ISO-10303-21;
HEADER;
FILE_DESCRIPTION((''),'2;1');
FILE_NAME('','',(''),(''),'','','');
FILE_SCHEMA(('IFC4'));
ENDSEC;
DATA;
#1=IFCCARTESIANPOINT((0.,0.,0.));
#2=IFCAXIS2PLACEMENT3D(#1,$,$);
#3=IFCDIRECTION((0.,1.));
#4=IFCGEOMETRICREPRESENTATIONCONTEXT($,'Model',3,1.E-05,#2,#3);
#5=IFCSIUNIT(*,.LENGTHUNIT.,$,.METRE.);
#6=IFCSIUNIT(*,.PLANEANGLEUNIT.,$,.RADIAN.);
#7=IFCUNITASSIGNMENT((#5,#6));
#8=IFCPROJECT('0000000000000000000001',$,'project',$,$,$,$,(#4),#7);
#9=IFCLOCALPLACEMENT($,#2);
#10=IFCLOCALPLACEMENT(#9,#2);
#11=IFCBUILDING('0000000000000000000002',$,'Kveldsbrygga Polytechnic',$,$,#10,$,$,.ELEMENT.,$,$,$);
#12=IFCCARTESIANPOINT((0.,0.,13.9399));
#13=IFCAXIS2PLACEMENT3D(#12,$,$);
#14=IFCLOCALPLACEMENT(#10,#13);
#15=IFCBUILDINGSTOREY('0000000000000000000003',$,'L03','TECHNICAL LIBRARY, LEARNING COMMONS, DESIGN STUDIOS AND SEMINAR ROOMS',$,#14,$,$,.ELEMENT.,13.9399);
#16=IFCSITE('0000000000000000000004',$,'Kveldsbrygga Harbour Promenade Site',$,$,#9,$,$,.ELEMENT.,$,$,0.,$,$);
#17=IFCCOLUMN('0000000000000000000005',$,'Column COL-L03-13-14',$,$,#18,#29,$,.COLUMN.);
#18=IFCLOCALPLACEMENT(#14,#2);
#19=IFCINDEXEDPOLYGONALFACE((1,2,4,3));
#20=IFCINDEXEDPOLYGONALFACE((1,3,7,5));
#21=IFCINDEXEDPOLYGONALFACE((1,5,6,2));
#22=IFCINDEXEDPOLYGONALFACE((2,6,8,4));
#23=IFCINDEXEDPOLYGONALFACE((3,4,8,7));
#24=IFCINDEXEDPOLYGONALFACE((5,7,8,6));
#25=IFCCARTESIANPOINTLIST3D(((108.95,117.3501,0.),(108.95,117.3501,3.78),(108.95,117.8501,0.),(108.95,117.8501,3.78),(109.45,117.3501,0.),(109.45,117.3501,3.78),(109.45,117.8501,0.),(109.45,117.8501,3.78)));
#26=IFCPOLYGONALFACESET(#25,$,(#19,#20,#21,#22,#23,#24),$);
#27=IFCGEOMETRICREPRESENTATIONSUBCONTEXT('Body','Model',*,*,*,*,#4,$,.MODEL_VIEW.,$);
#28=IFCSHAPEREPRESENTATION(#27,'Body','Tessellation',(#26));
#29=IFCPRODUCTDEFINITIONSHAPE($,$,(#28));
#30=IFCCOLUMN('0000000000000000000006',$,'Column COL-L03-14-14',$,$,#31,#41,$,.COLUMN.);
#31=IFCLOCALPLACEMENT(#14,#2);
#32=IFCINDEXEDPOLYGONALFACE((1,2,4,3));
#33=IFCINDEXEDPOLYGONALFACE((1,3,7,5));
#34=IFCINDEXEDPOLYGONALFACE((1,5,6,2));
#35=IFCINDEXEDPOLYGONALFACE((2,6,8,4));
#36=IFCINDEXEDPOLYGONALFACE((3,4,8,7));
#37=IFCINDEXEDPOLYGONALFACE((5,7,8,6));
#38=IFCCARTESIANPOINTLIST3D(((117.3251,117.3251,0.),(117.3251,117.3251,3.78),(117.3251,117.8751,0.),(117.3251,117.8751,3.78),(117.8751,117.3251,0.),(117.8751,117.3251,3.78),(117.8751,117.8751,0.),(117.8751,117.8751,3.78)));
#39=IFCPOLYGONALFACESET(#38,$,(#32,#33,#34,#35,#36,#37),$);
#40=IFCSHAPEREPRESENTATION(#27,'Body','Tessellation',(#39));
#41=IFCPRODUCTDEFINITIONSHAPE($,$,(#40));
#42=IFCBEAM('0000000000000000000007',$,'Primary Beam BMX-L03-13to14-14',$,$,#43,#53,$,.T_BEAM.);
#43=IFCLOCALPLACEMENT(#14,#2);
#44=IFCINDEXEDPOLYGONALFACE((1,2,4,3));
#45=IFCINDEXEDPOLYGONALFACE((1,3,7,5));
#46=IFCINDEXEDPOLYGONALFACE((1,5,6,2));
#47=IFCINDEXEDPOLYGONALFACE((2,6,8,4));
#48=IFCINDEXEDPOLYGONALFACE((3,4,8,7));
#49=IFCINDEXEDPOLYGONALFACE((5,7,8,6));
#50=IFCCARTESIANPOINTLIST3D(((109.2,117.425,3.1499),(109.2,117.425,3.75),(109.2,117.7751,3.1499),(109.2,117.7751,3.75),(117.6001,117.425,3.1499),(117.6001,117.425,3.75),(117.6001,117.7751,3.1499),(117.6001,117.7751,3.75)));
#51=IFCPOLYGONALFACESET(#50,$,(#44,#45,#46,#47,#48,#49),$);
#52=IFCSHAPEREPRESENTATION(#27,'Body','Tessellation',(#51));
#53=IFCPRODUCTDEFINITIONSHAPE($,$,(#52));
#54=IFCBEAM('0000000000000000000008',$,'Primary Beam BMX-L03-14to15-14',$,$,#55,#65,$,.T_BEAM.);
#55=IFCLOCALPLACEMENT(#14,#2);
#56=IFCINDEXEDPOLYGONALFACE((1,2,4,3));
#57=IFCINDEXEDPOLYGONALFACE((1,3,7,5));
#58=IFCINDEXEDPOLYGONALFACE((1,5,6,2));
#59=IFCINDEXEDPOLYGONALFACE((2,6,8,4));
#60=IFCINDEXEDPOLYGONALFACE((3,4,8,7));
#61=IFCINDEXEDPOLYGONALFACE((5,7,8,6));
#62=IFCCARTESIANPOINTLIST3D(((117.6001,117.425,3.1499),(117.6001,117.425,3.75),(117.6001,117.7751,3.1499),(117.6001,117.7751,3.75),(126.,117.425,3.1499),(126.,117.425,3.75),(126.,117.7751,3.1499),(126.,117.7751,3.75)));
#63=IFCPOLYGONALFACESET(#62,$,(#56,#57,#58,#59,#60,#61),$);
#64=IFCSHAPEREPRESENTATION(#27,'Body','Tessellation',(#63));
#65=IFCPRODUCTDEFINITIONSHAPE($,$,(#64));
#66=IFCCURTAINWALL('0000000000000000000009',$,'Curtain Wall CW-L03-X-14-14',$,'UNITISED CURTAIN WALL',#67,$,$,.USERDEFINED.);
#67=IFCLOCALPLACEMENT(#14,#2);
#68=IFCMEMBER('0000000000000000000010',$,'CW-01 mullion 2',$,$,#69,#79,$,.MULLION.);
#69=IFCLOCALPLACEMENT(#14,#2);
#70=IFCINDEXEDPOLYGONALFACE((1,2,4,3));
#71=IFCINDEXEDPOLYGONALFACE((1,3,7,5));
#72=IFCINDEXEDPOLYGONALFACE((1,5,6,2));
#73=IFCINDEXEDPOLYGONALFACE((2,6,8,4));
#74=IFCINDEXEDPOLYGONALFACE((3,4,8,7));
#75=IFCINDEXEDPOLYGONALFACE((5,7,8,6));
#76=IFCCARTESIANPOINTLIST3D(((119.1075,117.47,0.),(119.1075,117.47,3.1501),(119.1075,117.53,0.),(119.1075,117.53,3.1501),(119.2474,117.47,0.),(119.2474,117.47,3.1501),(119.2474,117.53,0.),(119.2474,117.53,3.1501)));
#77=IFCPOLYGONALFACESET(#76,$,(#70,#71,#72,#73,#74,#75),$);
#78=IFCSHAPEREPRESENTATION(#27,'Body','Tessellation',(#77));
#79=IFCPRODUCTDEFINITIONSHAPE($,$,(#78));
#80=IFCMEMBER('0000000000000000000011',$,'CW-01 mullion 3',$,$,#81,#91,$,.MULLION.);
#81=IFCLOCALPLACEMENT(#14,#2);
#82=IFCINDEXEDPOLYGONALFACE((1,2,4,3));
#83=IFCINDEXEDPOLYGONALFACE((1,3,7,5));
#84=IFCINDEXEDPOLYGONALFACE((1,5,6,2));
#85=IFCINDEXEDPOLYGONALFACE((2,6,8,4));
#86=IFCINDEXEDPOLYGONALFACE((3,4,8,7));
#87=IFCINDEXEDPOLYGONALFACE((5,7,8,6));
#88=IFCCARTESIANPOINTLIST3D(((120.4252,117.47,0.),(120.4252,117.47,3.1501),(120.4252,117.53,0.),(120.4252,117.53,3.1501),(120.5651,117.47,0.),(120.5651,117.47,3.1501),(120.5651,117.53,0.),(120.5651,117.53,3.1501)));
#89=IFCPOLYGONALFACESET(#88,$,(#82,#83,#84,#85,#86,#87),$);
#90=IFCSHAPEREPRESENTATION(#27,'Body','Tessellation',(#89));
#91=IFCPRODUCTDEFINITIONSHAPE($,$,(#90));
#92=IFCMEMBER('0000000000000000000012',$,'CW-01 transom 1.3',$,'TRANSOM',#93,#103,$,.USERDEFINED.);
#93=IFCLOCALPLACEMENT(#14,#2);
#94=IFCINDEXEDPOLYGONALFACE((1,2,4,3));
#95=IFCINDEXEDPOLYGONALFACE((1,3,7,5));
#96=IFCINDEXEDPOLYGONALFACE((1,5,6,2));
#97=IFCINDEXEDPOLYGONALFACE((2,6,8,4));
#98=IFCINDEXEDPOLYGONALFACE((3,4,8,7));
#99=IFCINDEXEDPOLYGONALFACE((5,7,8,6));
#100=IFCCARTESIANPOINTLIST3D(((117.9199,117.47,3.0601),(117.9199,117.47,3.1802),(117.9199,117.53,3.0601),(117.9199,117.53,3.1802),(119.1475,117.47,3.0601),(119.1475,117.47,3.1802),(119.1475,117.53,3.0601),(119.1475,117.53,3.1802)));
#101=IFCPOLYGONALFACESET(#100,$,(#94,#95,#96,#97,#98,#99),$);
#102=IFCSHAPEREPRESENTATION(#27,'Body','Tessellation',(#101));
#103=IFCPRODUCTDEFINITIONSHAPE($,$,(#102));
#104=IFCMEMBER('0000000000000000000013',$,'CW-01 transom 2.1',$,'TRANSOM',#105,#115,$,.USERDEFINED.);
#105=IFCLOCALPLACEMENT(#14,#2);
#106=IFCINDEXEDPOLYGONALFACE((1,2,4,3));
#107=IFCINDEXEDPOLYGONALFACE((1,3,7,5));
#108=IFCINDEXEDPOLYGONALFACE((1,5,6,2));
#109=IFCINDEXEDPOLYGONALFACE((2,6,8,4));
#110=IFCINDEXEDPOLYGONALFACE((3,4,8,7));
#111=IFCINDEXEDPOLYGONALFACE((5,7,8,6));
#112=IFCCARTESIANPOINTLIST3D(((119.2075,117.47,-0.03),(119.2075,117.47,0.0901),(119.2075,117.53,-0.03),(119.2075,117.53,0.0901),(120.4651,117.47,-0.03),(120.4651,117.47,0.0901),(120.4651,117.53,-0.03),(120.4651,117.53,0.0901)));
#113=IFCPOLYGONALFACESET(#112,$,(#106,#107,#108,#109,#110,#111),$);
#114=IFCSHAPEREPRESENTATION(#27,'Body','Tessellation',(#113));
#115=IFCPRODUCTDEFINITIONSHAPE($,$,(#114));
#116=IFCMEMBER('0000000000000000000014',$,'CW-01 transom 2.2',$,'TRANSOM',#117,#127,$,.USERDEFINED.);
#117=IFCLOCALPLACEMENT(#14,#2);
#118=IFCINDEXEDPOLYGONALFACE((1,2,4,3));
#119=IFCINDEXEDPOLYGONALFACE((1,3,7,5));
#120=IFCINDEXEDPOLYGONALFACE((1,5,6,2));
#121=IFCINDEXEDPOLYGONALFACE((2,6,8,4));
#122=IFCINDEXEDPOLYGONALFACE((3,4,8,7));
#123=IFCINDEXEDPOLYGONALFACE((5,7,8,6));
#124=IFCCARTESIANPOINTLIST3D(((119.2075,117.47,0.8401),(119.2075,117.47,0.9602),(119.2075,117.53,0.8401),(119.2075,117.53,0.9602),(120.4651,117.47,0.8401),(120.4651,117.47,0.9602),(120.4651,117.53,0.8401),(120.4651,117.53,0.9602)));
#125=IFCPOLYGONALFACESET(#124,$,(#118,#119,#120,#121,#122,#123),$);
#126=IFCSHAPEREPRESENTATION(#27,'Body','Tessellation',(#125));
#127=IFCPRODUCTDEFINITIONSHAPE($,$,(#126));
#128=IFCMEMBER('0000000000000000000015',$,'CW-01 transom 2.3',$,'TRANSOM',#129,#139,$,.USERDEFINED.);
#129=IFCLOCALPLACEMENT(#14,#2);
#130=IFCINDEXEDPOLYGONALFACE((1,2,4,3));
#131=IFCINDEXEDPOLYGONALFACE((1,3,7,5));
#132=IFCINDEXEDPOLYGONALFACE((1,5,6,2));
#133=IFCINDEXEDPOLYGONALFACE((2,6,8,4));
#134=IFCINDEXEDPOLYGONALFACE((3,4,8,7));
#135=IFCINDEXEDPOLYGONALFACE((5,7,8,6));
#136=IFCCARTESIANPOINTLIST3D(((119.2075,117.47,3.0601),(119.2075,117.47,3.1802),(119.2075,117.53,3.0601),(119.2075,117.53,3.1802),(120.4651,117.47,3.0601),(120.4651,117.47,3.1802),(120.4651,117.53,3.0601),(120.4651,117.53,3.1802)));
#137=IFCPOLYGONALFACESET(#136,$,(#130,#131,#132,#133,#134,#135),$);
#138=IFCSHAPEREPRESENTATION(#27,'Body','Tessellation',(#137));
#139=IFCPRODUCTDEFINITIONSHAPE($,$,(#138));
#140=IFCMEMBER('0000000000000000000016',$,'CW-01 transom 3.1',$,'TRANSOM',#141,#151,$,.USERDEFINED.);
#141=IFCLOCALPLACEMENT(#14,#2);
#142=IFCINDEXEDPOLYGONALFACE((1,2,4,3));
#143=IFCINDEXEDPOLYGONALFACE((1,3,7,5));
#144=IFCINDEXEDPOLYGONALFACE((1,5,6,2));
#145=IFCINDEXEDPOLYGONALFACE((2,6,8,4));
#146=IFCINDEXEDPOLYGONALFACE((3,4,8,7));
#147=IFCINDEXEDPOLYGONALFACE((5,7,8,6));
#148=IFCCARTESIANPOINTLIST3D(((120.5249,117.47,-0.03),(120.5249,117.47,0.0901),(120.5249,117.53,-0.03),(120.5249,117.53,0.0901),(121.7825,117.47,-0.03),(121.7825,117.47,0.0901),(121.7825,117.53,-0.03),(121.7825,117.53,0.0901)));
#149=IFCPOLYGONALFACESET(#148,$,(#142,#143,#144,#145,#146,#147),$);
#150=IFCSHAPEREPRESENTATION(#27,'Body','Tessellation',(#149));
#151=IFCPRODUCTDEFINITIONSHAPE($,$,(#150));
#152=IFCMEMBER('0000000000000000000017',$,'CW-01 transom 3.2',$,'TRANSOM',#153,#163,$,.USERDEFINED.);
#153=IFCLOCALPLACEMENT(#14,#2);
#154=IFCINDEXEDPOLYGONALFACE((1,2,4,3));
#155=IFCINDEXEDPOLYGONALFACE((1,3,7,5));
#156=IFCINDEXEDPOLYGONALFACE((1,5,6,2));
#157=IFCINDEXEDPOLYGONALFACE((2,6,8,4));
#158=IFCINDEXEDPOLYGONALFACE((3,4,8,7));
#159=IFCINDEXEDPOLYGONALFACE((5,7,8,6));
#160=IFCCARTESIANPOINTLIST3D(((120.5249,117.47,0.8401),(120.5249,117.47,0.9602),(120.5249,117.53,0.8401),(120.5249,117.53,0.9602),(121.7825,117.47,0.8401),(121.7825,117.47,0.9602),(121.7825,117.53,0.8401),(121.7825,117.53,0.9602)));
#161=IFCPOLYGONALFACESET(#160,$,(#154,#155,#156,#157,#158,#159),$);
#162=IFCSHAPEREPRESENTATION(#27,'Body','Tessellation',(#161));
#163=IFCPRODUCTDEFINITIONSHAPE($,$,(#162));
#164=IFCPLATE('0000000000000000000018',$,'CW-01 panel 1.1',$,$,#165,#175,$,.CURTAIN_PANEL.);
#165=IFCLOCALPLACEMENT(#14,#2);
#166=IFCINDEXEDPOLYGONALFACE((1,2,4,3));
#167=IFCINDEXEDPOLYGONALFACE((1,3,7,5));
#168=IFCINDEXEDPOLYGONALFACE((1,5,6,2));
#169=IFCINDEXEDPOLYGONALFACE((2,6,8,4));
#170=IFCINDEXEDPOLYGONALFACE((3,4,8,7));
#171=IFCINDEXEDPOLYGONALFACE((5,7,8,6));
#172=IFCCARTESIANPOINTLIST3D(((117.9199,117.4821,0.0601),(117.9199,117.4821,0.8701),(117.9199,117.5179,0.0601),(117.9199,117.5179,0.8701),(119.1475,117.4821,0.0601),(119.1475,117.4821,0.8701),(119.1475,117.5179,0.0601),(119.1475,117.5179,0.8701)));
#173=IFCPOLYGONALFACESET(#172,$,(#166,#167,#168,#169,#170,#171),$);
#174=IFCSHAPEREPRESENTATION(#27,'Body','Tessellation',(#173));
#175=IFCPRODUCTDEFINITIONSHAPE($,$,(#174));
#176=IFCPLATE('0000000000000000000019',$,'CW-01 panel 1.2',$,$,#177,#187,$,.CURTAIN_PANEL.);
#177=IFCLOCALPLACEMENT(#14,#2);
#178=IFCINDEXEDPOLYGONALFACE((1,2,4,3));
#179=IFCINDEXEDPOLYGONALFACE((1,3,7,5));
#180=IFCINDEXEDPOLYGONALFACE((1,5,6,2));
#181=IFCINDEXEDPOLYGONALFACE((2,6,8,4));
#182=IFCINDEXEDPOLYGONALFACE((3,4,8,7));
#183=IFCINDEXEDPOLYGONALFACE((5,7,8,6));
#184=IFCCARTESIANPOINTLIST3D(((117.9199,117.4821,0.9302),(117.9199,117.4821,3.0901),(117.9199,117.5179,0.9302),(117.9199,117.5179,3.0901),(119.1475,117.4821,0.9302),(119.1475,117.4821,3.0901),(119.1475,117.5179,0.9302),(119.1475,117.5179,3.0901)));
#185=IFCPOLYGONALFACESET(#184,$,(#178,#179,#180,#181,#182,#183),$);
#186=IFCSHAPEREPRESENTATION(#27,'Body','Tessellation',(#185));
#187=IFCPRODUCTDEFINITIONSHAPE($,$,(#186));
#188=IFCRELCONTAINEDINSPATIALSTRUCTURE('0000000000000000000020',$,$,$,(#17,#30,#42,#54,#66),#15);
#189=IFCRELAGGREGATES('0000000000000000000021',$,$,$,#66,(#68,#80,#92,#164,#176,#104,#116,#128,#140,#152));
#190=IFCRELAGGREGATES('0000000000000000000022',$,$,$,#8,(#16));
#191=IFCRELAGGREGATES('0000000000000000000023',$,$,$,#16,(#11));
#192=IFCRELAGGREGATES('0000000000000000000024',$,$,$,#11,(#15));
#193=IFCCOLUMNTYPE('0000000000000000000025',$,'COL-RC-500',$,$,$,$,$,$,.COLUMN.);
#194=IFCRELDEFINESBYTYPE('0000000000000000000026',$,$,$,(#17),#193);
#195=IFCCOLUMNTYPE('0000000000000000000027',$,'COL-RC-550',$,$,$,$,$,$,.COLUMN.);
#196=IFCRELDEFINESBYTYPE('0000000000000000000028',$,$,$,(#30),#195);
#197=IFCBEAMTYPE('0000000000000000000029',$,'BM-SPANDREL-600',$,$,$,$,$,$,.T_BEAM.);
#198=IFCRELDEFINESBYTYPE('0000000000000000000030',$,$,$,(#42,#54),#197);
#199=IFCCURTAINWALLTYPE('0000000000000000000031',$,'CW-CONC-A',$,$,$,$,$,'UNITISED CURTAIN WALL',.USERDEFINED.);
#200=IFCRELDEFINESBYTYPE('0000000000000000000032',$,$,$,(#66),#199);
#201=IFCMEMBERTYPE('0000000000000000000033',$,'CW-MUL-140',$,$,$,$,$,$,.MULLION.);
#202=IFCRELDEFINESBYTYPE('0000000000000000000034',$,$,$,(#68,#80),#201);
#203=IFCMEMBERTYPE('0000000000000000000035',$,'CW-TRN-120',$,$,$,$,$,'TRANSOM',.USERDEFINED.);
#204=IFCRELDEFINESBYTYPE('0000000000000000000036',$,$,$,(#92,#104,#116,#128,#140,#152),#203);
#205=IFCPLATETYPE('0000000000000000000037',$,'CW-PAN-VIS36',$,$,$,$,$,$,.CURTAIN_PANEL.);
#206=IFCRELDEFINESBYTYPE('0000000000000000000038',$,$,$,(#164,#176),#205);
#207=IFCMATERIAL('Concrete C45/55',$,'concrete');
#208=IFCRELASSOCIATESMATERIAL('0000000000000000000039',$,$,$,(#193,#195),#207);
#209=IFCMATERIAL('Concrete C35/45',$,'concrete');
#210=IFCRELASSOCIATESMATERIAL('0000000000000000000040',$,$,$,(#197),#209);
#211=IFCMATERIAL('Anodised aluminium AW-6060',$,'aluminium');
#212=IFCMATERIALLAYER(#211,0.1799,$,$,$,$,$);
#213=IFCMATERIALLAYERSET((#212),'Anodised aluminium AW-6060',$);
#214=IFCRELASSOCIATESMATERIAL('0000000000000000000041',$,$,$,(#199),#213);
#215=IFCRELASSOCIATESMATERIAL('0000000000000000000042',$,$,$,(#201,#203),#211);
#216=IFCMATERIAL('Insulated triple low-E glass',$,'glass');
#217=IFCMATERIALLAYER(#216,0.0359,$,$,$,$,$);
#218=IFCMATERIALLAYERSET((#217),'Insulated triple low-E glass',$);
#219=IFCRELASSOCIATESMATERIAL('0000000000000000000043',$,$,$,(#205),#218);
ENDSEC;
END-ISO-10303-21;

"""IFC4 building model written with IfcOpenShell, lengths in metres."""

from ifc_helpers import new_model, si_unit, direction, frame, origin, origin_2d, place, context, subcontext, project, spatial, rectangle, extrude, material, layer, layer_set, material_profile, profile_set, type_object, element, aggregate, save


model = new_model("IFC4")

# Units and contexts
model_context = context("Model", 3, precision=1e-05, world=origin(), true_north=direction((0.0, 1.0)))
body_context = subcontext(model_context, "Body", "Model", "MODEL_VIEW")
ifc_project = project(units=[si_unit("LENGTHUNIT", "METRE"), si_unit("PLANEANGLEUNIT", "RADIAN")], contexts=[model_context])

# Site, building, storey
site_placement = place(None, origin())
site = spatial("IfcSite", under=ifc_project, at=site_placement, Name="Kveldsbrygga Harbour Promenade Site", CompositionType="ELEMENT", RefElevation=0.0)
building_placement = place(site_placement, origin())
building = spatial("IfcBuilding", under=site, at=building_placement, Name="Kveldsbrygga Polytechnic", CompositionType="ELEMENT")
storey_placement = place(building_placement, frame((0.0, 0.0, 13.9399)))
storey = spatial("IfcBuildingStorey", under=building, at=storey_placement, Name="L03", Description="TECHNICAL LIBRARY, LEARNING COMMONS, DESIGN STUDIOS AND SEMINAR ROOMS", CompositionType="ELEMENT", Elevation=13.9399)

# Columns
ifc_material_1 = material(Name="Concrete C45/55", Category="concrete")
ifc_material_profile_1 = material_profile(ifc_material_1, rectangle(XDim=0.5, YDim=0.5, at=origin_2d()), Name="RC 500x500")
ifc_profile_set_1 = profile_set([ifc_material_profile_1], Name="Concrete C45/55")
column_type_1 = type_object("IfcColumnType", Name="COL-RC-500", PredefinedType="COLUMN", material=ifc_profile_set_1)
column_1_placement = place(storey_placement, frame((109.2, 117.6001, 0.0), z_axis=(0.0, 0.0, 1.0), x_axis=(1.0, 0.0, 0.0)))
element("IfcColumn", 1, at=column_1_placement, inside=storey, type_object=column_type_1, Name="Column COL-L03-13-14", PredefinedType="COLUMN", context=body_context, shape_type="SweptSolid", body=[
    extrude(rectangle(XDim=0.5, YDim=0.5, at=origin_2d()), origin(), (0.0, 0.0, 1.0), 3.78),
])
ifc_material_profile_2 = material_profile(ifc_material_1, rectangle(XDim=0.55, YDim=0.55, at=origin_2d()), Name="RC 550x550")
ifc_profile_set_2 = profile_set([ifc_material_profile_2], Name="Concrete C45/55")
column_type_2 = type_object("IfcColumnType", Name="COL-RC-550", PredefinedType="COLUMN", material=ifc_profile_set_2)
column_2_placement = place(storey_placement, frame((117.6001, 117.6001, 0.0), z_axis=(0.0, 0.0, 1.0), x_axis=(1.0, 0.0, 0.0)))
element("IfcColumn", 2, at=column_2_placement, inside=storey, type_object=column_type_2, Name="Column COL-L03-14-14", PredefinedType="COLUMN", context=body_context, shape_type="SweptSolid", body=[
    extrude(rectangle(XDim=0.55, YDim=0.55, at=origin_2d()), origin(), (0.0, 0.0, 1.0), 3.78),
])

# Beams
ifc_material_2 = material(Name="Concrete C35/45", Category="concrete")
ifc_material_profile_3 = material_profile(ifc_material_2, rectangle(XDim=0.3501, YDim=0.6001, at=origin_2d()), Name="RC 350x600")
ifc_profile_set_3 = profile_set([ifc_material_profile_3], Name="Concrete C35/45")
beam_type = type_object("IfcBeamType", Name="BM-SPANDREL-600", PredefinedType="T_BEAM", material=ifc_profile_set_3)
beam_1_placement = place(storey_placement, frame((109.2, 117.6001, 3.45), z_axis=(1.0, 0.0, 0.0), x_axis=(0.0, 1.0, 0.0)))
element("IfcBeam", 3, at=beam_1_placement, inside=storey, type_object=beam_type, Name="Primary Beam BMX-L03-13to14-14", PredefinedType="T_BEAM", context=body_context, shape_type="SweptSolid", body=[
    extrude(rectangle(XDim=0.3501, YDim=0.6001, at=origin_2d()), origin(), (0.0, 0.0, 1.0), 8.4001),
])
beam_2_placement = place(storey_placement, frame((117.6001, 117.6001, 3.45), z_axis=(1.0, 0.0, 0.0), x_axis=(0.0, 1.0, 0.0)))
element("IfcBeam", 4, at=beam_2_placement, inside=storey, type_object=beam_type, Name="Primary Beam BMX-L03-14to15-14", PredefinedType="T_BEAM", context=body_context, shape_type="SweptSolid", body=[
    extrude(rectangle(XDim=0.3501, YDim=0.6001, at=origin_2d()), origin(), (0.0, 0.0, 1.0), 8.3999),
])

# Curtain wall, members, plates
ifc_material_3 = material(Name="Anodised aluminium AW-6060", Category="aluminium")
ifc_layer_1 = layer(ifc_material_3, 0.1799)
ifc_layer_set_1 = layer_set([ifc_layer_1], Name="Anodised aluminium AW-6060")
curtain_wall_type = type_object("IfcCurtainWallType", Name="CW-CONC-A", ElementType="UNITISED CURTAIN WALL", PredefinedType="USERDEFINED", material=ifc_layer_set_1)
curtain_wall_placement = place(storey_placement, origin())
curtain_wall = element("IfcCurtainWall", 5, at=curtain_wall_placement, inside=storey, type_object=curtain_wall_type, Name="Curtain Wall CW-L03-X-14-14", ObjectType="UNITISED CURTAIN WALL", PredefinedType="USERDEFINED")
ifc_material_profile_4 = material_profile(ifc_material_3, rectangle(XDim=0.0601, YDim=0.1399, at=origin_2d()), Name="ALU 60x140")
ifc_profile_set_4 = profile_set([ifc_material_profile_4], Name="Anodised aluminium AW-6060")
member_type_1 = type_object("IfcMemberType", Name="CW-MUL-140", PredefinedType="MULLION", material=ifc_profile_set_4)
member_1_placement = place(storey_placement, frame((119.1775, 117.5, 0.0), z_axis=(0.0, 0.0, 1.0), x_axis=(0.0, 1.0, 0.0)))
member_1 = element("IfcMember", 6, at=member_1_placement, type_object=member_type_1, Name="CW-01 mullion 2", PredefinedType="MULLION", context=body_context, shape_type="SweptSolid", body=[
    extrude(rectangle(XDim=0.0601, YDim=0.1399, at=origin_2d()), origin(), (0.0, 0.0, 1.0), 3.1501),
])
member_2_placement = place(storey_placement, frame((120.4951, 117.5, 0.0), z_axis=(0.0, 0.0, 1.0), x_axis=(0.0, 1.0, 0.0)))
member_2 = element("IfcMember", 7, at=member_2_placement, type_object=member_type_1, Name="CW-01 mullion 3", PredefinedType="MULLION", context=body_context, shape_type="SweptSolid", body=[
    extrude(rectangle(XDim=0.0601, YDim=0.1399, at=origin_2d()), origin(), (0.0, 0.0, 1.0), 3.1501),
])
ifc_material_profile_5 = material_profile(ifc_material_3, rectangle(XDim=0.0601, YDim=0.1201, at=origin_2d()), Name="ALU 60x120")
ifc_profile_set_5 = profile_set([ifc_material_profile_5], Name="Anodised aluminium AW-6060")
member_type_2 = type_object("IfcMemberType", Name="CW-TRN-120", ElementType="TRANSOM", PredefinedType="USERDEFINED", material=ifc_profile_set_5)
member_3_placement = place(storey_placement, frame((117.9199, 117.5, 3.1201), z_axis=(1.0, 0.0, 0.0), x_axis=(0.0, 1.0, 0.0)))
member_3 = element("IfcMember", 8, at=member_3_placement, type_object=member_type_2, Name="CW-01 transom 1.3", ObjectType="TRANSOM", PredefinedType="USERDEFINED", context=body_context, shape_type="SweptSolid", body=[
    extrude(rectangle(XDim=0.0601, YDim=0.1201, at=origin_2d()), origin(), (0.0, 0.0, 1.0), 1.2275),
])
member_4_placement = place(storey_placement, frame((119.2075, 117.5, 0.03), z_axis=(1.0, 0.0, 0.0), x_axis=(0.0, 1.0, 0.0)))
member_4 = element("IfcMember", 9, at=member_4_placement, type_object=member_type_2, Name="CW-01 transom 2.1", ObjectType="TRANSOM", PredefinedType="USERDEFINED", context=body_context, shape_type="SweptSolid", body=[
    extrude(rectangle(XDim=0.0601, YDim=0.1201, at=origin_2d()), origin(), (0.0, 0.0, 1.0), 1.2576),
])
member_5_placement = place(storey_placement, frame((119.2075, 117.5, 0.9001), z_axis=(1.0, 0.0, 0.0), x_axis=(0.0, 1.0, 0.0)))
member_5 = element("IfcMember", 10, at=member_5_placement, type_object=member_type_2, Name="CW-01 transom 2.2", ObjectType="TRANSOM", PredefinedType="USERDEFINED", context=body_context, shape_type="SweptSolid", body=[
    extrude(rectangle(XDim=0.0601, YDim=0.1201, at=origin_2d()), origin(), (0.0, 0.0, 1.0), 1.2576),
])
member_6_placement = place(storey_placement, frame((119.2075, 117.5, 3.1201), z_axis=(1.0, 0.0, 0.0), x_axis=(0.0, 1.0, 0.0)))
member_6 = element("IfcMember", 11, at=member_6_placement, type_object=member_type_2, Name="CW-01 transom 2.3", ObjectType="TRANSOM", PredefinedType="USERDEFINED", context=body_context, shape_type="SweptSolid", body=[
    extrude(rectangle(XDim=0.0601, YDim=0.1201, at=origin_2d()), origin(), (0.0, 0.0, 1.0), 1.2576),
])
member_7_placement = place(storey_placement, frame((120.5249, 117.5, 0.03), z_axis=(1.0, 0.0, 0.0), x_axis=(0.0, 1.0, 0.0)))
member_7 = element("IfcMember", 12, at=member_7_placement, type_object=member_type_2, Name="CW-01 transom 3.1", ObjectType="TRANSOM", PredefinedType="USERDEFINED", context=body_context, shape_type="SweptSolid", body=[
    extrude(rectangle(XDim=0.0601, YDim=0.1201, at=origin_2d()), origin(), (0.0, 0.0, 1.0), 1.2576),
])
member_8_placement = place(storey_placement, frame((120.5249, 117.5, 0.9001), z_axis=(1.0, 0.0, 0.0), x_axis=(0.0, 1.0, 0.0)))
member_8 = element("IfcMember", 13, at=member_8_placement, type_object=member_type_2, Name="CW-01 transom 3.2", ObjectType="TRANSOM", PredefinedType="USERDEFINED", context=body_context, shape_type="SweptSolid", body=[
    extrude(rectangle(XDim=0.0601, YDim=0.1201, at=origin_2d()), origin(), (0.0, 0.0, 1.0), 1.2576),
])
ifc_material_4 = material(Name="Insulated triple low-E glass", Category="glass")
ifc_layer_2 = layer(ifc_material_4, 0.0359)
ifc_layer_set_2 = layer_set([ifc_layer_2], Name="Insulated triple low-E glass")
plate_type = type_object("IfcPlateType", Name="CW-PAN-VIS36", PredefinedType="CURTAIN_PANEL", material=ifc_layer_set_2)
plate_1_placement = place(storey_placement, frame((118.5337, 117.5, 0.0601), z_axis=(0.0, 0.0, 1.0), x_axis=(1.0, 0.0, 0.0)))
plate_1 = element("IfcPlate", 14, at=plate_1_placement, type_object=plate_type, Name="CW-01 panel 1.1", PredefinedType="CURTAIN_PANEL", context=body_context, shape_type="SweptSolid", body=[
    extrude(rectangle(XDim=1.2275, YDim=0.0359, at=origin_2d()), origin(), (0.0, 0.0, 1.0), 0.8101),
])
plate_2_placement = place(storey_placement, frame((118.5337, 117.5, 0.9302), z_axis=(0.0, 0.0, 1.0), x_axis=(1.0, 0.0, 0.0)))
plate_2 = element("IfcPlate", 15, at=plate_2_placement, type_object=plate_type, Name="CW-01 panel 1.2", PredefinedType="CURTAIN_PANEL", context=body_context, shape_type="SweptSolid", body=[
    extrude(rectangle(XDim=1.2275, YDim=0.0359, at=origin_2d()), origin(), (0.0, 0.0, 1.0), 2.1599),
])
aggregate(curtain_wall, [member_1, member_2, member_3, plate_1, plate_2, member_4, member_5, member_6, member_7, member_8])

save(model, "model.ifc")
